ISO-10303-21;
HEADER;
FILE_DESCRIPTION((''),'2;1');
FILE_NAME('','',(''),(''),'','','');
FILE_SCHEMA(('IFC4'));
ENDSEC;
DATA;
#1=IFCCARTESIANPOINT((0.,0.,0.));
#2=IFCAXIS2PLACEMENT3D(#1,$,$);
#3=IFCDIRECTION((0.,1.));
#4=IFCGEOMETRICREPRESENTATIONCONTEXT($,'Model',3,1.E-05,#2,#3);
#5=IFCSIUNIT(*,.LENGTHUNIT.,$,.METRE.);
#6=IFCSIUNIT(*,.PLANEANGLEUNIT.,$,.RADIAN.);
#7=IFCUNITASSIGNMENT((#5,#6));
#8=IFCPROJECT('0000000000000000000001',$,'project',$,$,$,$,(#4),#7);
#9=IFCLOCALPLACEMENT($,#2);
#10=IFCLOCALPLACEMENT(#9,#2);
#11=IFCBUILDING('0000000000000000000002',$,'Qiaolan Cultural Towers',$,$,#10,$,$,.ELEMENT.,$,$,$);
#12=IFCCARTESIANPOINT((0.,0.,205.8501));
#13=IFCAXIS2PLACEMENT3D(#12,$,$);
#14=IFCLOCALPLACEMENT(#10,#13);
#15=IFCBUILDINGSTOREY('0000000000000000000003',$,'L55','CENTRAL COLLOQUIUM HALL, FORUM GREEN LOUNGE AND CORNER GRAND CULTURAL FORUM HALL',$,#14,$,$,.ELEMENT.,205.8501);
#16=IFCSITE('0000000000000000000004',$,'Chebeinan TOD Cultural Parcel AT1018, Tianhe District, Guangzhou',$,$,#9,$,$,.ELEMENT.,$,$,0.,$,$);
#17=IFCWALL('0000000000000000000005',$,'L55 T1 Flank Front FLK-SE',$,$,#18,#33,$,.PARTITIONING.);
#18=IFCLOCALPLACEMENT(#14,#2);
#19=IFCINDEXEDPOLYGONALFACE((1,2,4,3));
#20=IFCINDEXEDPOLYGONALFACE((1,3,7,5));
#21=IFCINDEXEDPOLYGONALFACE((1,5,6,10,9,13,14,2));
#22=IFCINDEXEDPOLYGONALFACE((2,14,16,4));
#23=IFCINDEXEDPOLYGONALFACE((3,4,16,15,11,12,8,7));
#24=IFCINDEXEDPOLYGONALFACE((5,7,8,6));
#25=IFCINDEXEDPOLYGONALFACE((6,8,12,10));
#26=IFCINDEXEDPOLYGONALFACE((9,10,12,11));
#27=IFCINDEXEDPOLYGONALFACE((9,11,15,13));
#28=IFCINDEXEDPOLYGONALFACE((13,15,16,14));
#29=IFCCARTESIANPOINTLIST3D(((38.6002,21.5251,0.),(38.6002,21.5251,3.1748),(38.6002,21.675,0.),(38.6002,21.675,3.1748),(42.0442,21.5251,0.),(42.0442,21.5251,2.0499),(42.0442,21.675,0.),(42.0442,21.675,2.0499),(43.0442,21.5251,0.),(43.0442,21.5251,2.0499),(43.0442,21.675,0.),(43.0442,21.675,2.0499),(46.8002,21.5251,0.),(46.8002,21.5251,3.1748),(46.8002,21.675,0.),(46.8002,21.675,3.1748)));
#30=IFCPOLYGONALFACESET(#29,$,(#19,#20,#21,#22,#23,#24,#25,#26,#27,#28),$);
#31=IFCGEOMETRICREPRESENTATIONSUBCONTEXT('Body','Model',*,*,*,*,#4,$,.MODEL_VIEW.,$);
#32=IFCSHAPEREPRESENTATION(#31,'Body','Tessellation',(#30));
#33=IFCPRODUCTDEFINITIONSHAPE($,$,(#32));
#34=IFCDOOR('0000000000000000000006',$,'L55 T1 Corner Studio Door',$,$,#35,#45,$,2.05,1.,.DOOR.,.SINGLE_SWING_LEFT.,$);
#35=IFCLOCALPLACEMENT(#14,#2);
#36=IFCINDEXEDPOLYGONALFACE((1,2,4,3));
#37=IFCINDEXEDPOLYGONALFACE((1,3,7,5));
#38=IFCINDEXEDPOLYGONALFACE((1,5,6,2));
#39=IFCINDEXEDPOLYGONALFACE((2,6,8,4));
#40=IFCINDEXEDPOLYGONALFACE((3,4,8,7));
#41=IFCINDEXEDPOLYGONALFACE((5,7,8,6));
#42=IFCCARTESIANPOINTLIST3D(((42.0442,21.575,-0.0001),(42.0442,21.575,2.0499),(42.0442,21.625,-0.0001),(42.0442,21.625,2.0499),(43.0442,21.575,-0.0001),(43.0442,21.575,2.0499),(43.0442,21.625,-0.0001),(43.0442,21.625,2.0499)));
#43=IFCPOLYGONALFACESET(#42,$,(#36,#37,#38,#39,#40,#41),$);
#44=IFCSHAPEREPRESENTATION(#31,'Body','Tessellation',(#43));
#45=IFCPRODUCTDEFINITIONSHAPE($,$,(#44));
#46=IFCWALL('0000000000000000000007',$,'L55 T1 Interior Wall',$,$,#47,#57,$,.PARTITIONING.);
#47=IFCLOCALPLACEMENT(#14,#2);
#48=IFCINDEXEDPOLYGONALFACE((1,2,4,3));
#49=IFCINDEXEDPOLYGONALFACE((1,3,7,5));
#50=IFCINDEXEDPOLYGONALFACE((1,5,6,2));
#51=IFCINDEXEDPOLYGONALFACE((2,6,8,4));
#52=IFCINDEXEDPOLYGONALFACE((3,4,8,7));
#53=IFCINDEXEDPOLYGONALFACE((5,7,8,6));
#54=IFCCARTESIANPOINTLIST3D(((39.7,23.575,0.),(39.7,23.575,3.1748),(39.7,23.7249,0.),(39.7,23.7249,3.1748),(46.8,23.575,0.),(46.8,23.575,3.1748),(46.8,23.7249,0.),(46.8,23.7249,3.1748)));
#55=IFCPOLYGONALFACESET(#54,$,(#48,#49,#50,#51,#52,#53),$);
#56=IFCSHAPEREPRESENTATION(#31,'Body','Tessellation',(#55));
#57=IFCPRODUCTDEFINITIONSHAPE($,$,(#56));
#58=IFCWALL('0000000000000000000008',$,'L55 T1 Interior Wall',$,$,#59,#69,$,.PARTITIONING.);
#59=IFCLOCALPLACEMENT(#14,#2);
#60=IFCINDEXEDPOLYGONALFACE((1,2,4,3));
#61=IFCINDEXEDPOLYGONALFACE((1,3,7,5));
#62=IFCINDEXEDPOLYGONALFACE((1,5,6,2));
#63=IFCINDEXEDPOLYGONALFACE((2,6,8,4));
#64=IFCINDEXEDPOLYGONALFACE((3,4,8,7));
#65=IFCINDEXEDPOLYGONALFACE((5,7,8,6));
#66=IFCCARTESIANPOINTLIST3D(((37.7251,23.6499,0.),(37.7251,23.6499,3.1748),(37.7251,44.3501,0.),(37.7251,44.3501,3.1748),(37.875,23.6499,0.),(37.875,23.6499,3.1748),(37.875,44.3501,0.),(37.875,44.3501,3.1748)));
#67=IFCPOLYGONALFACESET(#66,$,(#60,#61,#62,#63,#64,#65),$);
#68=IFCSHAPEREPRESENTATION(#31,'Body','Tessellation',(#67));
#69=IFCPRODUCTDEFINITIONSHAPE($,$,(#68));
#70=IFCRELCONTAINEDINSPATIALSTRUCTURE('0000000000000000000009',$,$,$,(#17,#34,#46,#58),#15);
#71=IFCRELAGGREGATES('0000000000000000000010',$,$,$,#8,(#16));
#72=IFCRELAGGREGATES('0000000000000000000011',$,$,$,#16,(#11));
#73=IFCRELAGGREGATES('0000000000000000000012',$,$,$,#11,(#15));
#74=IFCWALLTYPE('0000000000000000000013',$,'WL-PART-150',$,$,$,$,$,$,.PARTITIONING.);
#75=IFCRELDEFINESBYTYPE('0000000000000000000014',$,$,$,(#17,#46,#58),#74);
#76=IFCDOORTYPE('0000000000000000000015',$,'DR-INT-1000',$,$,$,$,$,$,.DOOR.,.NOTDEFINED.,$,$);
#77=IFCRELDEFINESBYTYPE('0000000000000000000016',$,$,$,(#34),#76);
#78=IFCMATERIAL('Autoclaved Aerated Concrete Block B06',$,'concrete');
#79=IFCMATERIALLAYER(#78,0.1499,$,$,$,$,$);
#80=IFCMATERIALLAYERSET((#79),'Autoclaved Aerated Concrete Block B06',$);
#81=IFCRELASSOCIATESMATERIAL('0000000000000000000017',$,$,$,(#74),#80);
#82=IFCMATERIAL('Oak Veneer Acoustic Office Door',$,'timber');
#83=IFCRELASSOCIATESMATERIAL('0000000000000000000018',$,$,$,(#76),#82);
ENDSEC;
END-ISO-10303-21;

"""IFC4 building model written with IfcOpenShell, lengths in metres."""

from ifc_helpers import new_model, si_unit, direction, frame, frame_2d, origin, place, context, subcontext, project, spatial, rectangle, extrude, material, layer, layer_set, type_object, element, fill, save


model = new_model("IFC4")

# Units and contexts
model_context = context("Model", 3, precision=1e-05, world=origin(), true_north=direction((0.0, 1.0)))
body_context = subcontext(model_context, "Body", "Model", "MODEL_VIEW")
ifc_project = project(units=[si_unit("LENGTHUNIT", "METRE"), si_unit("PLANEANGLEUNIT", "RADIAN")], contexts=[model_context])

# Site, building, storey
site_placement = place(None, origin())
site = spatial("IfcSite", under=ifc_project, at=site_placement, Name="Chebeinan TOD Cultural Parcel AT1018, Tianhe District, Guangzhou", CompositionType="ELEMENT", RefElevation=0.0)
building_placement = place(site_placement, origin())
building = spatial("IfcBuilding", under=site, at=building_placement, Name="Qiaolan Cultural Towers", CompositionType="ELEMENT")
storey_placement = place(building_placement, frame((0.0, 0.0, 205.8501)))
storey = spatial("IfcBuildingStorey", under=building, at=storey_placement, Name="L55", Description="CENTRAL COLLOQUIUM HALL, FORUM GREEN LOUNGE AND CORNER GRAND CULTURAL FORUM HALL", CompositionType="ELEMENT", Elevation=205.8501)

# Shared definitions
ifc_material_1 = material(Name="Autoclaved Aerated Concrete Block B06", Category="concrete")
ifc_layer_1 = layer(ifc_material_1, 0.1499)
ifc_layer_set_1 = layer_set([ifc_layer_1], Name="Autoclaved Aerated Concrete Block B06")
wall_type_1 = type_object("IfcWallType", Name="WL-PART-150", PredefinedType="PARTITIONING", material=ifc_layer_set_1)

# Wall, opening, door
wall_1_placement = place(storey_placement, frame((38.6001, 21.6001, 0.0), z_axis=(0.0, 0.0, 1.0), x_axis=(1.0, 0.0, 0.0)))
wall_1 = element("IfcWall", 1, at=wall_1_placement, inside=storey, type_object=wall_type_1, Name="L55 T1 Flank Front FLK-SE", PredefinedType="PARTITIONING", context=body_context, shape_type="SweptSolid", body=[
    extrude(rectangle(XDim=8.2, YDim=0.1499, at=frame_2d((4.1001, 0.0))), origin(), (0.0, 0.0, 1.0), 3.1748),
])
opening_1_placement = place(wall_1_placement, frame((3.4441, 0.0, 0.0)))
opening_1 = element("IfcOpeningElement", 2, at=opening_1_placement, cuts=wall_1, PredefinedType="OPENING", context=body_context, shape_type="SweptSolid", body=[
    extrude(rectangle(XDim=1.0, YDim=2.05, at=frame_2d((0.5, 1.0249))), frame((0.0, 0.085, 0.0), z_axis=(0.0, -1.0, 0.0), x_axis=(1.0, 0.0, 0.0)), (0.0, 0.0, 1.0), 0.1699),
])
ifc_material_2 = material(Name="Oak Veneer Acoustic Office Door", Category="timber")
door_type_1 = type_object("IfcDoorType", Name="DR-INT-1000", OperationType="NOTDEFINED", PredefinedType="DOOR", material=ifc_material_2)
door_1_placement = place(opening_1_placement, origin())
door_1 = element("IfcDoor", 3, at=door_1_placement, inside=storey, type_object=door_type_1, Name="L55 T1 Corner Studio Door", OperationType="SINGLE_SWING_LEFT", OverallHeight=2.05, OverallWidth=1.0, PredefinedType="DOOR", context=body_context, shape_type="SweptSolid", body=[
    extrude(rectangle(XDim=1.0, YDim=2.05, at=frame_2d((0.5, 1.0249))), frame((0.0, 0.0249, 0.0), z_axis=(0.0, -1.0, 0.0), x_axis=(1.0, 0.0, 0.0)), (0.0, 0.0, 1.0), 0.05),
])
fill(opening_1, door_1)

# Walls
wall_2_placement = place(storey_placement, frame((39.7, 23.6499, 0.0), z_axis=(0.0, 0.0, 1.0), x_axis=(1.0, 0.0, 0.0)))
element("IfcWall", 4, at=wall_2_placement, inside=storey, type_object=wall_type_1, Name="L55 T1 Interior Wall", PredefinedType="PARTITIONING", context=body_context, shape_type="SweptSolid", body=[
    extrude(rectangle(XDim=7.1001, YDim=0.1499, at=frame_2d((3.55, 0.0))), origin(), (0.0, 0.0, 1.0), 3.1748),
])
wall_3_placement = place(storey_placement, frame((37.8, 23.6499, 0.0), z_axis=(0.0, 0.0, 1.0), x_axis=(0.0, 1.0, 0.0)))
element("IfcWall", 5, at=wall_3_placement, inside=storey, type_object=wall_type_1, Name="L55 T1 Interior Wall", PredefinedType="PARTITIONING", context=body_context, shape_type="SweptSolid", body=[
    extrude(rectangle(XDim=20.7002, YDim=0.1499, at=frame_2d((10.3501, 0.0))), origin(), (0.0, 0.0, 1.0), 3.1748),
])

save(model, "model.ifc")
